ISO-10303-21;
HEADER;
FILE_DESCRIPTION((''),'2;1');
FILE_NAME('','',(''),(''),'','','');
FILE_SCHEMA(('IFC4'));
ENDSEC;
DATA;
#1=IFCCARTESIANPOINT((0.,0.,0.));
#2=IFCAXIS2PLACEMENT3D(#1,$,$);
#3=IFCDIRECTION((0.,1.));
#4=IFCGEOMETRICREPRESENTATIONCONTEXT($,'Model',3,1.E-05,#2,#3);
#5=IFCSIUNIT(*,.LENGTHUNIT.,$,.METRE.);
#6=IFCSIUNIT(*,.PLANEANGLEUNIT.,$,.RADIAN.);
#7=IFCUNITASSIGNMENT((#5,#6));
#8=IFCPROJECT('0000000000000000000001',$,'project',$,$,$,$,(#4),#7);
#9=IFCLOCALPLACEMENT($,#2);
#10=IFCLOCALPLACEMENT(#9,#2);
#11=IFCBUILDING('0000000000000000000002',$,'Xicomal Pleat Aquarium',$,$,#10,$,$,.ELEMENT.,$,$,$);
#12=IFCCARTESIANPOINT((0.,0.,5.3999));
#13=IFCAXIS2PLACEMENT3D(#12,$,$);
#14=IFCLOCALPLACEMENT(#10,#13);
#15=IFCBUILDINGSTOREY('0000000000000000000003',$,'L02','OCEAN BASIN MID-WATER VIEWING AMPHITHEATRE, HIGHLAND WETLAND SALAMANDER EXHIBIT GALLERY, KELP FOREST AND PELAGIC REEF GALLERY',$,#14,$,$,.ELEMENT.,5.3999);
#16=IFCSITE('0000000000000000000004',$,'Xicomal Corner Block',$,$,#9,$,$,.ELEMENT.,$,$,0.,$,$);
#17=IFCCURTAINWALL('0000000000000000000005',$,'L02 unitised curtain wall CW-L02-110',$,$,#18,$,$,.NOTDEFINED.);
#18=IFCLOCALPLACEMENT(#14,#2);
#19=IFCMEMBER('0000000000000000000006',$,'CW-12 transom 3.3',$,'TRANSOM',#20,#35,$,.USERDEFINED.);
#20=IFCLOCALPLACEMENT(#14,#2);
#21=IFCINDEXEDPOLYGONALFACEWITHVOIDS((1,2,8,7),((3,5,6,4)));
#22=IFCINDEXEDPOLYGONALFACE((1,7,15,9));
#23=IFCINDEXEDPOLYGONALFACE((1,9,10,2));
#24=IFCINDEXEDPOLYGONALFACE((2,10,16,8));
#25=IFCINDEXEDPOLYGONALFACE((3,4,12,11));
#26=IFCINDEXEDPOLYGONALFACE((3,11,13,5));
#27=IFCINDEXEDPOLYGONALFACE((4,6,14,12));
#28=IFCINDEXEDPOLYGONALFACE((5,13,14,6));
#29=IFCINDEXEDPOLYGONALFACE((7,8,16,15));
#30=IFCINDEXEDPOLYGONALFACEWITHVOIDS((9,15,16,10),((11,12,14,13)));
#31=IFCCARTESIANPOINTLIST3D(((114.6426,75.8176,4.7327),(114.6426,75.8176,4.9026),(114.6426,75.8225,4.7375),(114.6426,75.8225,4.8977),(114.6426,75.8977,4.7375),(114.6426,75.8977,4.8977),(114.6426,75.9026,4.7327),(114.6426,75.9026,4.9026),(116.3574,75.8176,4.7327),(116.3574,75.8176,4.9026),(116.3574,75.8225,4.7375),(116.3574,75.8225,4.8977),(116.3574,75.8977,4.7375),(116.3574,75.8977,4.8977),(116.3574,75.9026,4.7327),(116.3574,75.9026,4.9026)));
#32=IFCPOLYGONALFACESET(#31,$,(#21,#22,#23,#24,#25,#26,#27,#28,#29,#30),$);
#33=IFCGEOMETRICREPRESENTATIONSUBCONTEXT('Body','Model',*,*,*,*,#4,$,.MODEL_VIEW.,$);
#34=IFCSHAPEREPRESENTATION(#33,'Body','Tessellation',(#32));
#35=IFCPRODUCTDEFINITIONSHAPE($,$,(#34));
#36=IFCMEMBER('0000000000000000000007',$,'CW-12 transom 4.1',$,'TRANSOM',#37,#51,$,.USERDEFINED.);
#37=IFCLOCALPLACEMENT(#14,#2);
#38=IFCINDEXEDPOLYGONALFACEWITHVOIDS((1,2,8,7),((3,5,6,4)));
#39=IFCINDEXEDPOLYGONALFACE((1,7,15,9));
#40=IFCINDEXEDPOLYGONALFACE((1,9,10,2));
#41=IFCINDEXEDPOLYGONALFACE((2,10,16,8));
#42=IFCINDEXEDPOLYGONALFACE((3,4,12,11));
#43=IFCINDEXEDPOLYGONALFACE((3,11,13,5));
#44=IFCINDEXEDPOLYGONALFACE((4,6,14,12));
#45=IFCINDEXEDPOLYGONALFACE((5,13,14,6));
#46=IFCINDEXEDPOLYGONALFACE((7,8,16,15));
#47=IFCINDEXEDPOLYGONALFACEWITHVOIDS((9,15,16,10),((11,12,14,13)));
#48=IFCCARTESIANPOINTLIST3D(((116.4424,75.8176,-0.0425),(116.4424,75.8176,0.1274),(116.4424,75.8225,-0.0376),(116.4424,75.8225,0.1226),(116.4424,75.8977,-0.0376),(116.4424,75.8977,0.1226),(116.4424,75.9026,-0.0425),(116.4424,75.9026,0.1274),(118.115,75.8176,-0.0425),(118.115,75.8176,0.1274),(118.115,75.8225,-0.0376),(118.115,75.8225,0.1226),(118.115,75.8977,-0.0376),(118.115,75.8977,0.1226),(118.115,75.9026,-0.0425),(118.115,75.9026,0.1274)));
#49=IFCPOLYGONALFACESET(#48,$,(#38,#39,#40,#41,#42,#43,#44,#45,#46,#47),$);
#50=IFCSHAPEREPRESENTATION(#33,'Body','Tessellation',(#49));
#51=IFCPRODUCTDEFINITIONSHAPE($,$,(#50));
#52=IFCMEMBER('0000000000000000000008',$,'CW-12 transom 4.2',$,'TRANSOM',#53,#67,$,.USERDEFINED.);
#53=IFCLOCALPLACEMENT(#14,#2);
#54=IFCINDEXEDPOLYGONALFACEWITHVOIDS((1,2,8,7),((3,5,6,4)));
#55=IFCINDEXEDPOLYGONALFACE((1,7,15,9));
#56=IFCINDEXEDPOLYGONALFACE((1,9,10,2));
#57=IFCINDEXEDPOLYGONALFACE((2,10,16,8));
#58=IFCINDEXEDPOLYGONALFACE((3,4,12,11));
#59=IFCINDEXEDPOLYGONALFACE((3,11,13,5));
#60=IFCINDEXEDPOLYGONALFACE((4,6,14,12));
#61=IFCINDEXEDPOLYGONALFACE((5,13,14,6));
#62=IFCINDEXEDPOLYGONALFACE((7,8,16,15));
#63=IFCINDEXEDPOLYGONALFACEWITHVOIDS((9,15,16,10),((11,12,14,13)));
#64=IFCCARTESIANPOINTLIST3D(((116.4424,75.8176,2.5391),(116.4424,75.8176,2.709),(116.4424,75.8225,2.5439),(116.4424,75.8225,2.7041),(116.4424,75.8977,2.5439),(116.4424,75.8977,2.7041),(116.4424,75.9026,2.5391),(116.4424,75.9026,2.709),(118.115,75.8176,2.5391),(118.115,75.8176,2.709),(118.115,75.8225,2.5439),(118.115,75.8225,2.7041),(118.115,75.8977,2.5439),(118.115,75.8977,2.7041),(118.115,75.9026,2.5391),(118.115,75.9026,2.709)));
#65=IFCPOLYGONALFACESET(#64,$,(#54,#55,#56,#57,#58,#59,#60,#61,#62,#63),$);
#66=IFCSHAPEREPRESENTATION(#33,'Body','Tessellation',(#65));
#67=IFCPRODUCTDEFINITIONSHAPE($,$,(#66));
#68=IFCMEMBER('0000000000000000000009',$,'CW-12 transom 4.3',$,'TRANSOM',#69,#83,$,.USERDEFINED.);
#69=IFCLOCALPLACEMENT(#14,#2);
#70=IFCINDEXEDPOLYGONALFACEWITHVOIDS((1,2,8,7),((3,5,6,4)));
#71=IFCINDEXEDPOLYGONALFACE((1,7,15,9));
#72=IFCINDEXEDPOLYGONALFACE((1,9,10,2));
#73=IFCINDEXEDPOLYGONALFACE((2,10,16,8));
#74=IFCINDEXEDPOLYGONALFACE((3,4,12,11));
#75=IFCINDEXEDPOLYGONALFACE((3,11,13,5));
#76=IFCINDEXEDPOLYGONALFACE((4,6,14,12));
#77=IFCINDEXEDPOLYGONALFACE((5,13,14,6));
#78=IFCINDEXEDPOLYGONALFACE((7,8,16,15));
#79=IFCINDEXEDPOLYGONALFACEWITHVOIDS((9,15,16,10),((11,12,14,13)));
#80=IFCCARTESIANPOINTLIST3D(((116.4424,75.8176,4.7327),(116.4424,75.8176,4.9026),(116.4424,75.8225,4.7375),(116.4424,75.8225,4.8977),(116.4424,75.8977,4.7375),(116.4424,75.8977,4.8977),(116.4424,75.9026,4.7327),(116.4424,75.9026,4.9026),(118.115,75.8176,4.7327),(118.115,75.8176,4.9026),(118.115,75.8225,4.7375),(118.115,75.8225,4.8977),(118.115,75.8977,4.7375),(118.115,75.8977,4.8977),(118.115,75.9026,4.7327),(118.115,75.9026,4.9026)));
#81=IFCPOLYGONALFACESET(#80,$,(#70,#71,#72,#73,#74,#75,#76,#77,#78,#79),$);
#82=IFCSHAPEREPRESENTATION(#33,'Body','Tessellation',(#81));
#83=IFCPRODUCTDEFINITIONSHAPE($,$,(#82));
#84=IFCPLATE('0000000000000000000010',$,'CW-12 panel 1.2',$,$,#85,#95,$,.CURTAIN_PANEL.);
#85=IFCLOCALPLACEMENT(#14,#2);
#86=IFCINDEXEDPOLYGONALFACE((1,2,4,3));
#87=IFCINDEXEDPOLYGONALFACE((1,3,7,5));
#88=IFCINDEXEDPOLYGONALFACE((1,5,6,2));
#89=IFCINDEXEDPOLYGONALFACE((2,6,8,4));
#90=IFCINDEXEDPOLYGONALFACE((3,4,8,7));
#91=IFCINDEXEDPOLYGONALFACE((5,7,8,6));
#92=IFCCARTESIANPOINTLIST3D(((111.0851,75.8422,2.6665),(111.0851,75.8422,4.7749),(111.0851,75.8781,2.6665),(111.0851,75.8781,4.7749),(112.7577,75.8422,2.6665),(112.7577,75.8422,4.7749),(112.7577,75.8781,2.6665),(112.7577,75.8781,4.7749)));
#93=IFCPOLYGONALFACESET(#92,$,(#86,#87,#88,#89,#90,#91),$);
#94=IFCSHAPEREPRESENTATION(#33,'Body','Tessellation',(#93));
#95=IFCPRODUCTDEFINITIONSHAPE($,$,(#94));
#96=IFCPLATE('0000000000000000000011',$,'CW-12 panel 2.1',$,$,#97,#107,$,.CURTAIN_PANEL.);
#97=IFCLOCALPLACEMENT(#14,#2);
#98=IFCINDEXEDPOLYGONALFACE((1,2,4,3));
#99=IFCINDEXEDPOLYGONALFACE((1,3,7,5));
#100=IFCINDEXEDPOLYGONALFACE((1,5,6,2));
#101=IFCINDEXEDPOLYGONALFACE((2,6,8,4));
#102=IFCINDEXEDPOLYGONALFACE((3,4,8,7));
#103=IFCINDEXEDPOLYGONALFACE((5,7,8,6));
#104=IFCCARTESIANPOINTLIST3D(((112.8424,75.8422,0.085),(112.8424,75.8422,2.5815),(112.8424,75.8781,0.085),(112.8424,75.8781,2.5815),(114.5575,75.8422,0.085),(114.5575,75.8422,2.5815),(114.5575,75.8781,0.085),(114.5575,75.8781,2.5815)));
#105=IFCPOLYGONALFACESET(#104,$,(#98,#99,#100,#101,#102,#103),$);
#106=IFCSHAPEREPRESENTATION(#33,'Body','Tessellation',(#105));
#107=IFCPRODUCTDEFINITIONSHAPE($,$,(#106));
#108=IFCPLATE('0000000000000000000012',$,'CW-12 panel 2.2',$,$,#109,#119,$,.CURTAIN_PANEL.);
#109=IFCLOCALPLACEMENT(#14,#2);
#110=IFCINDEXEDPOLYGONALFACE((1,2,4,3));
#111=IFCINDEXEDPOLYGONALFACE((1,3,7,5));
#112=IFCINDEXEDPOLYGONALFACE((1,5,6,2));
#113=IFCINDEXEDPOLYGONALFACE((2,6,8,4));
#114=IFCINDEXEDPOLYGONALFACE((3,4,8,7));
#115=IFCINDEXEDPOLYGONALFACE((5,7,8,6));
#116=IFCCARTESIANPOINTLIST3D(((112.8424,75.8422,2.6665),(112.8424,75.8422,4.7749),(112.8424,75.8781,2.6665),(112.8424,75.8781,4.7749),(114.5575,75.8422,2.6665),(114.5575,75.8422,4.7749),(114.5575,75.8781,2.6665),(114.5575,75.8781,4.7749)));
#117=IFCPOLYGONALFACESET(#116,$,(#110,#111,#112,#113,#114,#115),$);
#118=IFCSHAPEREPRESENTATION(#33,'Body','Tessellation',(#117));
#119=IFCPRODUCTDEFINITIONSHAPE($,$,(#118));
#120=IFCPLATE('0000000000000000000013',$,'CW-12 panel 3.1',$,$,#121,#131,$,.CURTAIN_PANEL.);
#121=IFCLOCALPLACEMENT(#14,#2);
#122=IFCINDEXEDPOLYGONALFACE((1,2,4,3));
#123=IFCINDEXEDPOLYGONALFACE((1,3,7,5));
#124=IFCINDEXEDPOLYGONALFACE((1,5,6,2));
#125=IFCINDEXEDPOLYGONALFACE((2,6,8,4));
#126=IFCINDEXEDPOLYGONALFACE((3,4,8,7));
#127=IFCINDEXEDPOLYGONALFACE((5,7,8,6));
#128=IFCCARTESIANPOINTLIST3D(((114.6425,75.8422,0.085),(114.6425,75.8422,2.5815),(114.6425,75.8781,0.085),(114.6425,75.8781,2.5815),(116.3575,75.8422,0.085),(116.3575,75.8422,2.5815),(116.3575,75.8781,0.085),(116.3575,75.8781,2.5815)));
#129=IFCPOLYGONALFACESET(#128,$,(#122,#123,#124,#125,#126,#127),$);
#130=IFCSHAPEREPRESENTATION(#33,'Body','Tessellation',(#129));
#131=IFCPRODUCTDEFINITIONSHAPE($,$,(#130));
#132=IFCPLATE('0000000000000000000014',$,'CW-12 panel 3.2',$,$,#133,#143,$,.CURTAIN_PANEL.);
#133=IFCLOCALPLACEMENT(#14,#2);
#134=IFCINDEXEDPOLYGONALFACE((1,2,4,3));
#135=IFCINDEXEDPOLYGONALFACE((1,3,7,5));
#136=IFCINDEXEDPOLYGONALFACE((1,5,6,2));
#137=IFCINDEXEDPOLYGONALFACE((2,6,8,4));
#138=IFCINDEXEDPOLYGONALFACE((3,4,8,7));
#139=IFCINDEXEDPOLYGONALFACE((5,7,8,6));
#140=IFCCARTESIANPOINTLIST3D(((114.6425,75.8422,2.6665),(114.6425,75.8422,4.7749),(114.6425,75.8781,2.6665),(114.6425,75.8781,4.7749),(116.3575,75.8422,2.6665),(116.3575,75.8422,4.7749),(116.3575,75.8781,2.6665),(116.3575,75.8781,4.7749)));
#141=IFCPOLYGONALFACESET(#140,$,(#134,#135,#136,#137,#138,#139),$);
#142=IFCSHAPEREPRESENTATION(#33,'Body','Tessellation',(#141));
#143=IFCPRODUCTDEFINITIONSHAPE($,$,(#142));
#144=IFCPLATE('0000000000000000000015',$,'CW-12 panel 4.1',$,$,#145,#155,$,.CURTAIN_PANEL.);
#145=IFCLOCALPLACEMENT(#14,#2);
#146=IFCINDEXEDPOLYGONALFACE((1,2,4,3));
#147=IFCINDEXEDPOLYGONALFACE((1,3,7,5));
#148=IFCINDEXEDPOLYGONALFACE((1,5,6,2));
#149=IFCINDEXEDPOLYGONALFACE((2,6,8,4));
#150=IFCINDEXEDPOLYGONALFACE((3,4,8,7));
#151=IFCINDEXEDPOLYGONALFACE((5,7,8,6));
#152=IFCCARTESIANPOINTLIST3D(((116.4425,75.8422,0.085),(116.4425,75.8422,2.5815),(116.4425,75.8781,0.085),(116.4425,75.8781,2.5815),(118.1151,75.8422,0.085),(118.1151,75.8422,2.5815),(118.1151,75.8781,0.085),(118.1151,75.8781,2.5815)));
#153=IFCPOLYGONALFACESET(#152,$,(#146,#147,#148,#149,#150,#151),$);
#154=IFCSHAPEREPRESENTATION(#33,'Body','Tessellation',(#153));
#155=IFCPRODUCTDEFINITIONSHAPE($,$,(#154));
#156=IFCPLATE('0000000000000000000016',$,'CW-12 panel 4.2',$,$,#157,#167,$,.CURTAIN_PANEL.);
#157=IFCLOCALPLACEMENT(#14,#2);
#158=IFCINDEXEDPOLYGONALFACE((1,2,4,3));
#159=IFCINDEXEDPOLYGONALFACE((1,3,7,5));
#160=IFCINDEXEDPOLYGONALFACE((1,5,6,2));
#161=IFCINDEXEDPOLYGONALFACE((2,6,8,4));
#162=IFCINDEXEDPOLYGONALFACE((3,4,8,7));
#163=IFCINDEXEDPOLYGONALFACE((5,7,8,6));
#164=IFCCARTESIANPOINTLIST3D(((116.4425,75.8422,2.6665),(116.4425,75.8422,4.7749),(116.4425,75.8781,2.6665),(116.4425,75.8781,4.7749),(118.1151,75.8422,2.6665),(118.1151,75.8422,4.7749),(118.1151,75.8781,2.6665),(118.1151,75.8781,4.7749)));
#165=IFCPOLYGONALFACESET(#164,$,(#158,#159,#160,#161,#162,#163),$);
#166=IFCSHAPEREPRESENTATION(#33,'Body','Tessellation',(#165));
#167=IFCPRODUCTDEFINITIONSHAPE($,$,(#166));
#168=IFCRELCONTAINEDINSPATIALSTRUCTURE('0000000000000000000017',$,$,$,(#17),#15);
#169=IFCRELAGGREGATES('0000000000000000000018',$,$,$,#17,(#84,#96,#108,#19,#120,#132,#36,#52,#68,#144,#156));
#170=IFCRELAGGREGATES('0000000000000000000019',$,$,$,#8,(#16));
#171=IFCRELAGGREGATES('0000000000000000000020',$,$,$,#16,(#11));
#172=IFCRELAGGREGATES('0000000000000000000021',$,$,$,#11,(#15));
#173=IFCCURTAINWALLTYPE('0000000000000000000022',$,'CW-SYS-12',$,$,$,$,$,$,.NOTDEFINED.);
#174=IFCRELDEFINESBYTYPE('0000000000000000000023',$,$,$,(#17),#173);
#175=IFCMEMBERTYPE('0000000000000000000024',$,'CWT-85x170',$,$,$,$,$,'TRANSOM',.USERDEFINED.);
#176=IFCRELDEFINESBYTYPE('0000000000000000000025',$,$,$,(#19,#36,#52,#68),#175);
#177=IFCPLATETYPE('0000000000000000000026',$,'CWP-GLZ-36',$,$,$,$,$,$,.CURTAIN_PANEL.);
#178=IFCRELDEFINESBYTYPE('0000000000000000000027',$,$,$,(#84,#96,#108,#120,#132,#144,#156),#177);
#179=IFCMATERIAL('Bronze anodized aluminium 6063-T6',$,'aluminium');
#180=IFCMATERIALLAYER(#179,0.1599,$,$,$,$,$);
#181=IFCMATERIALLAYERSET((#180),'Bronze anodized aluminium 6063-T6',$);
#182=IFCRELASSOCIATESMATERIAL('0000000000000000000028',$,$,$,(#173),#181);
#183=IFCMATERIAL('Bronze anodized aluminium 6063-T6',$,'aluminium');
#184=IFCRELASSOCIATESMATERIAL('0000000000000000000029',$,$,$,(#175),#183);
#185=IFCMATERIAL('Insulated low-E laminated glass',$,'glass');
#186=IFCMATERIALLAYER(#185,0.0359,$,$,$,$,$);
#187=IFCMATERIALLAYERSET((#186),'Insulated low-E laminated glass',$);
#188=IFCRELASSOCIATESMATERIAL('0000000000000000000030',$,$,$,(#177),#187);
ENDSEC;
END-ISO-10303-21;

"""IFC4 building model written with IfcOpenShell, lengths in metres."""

from ifc_helpers import new_model, si_unit, direction, frame, origin, origin_2d, place, context, subcontext, project, spatial, rectangle, hollow_rectangle, extrude, material, layer, layer_set, material_profile, profile_set, type_object, element, aggregate, save


model = new_model("IFC4")

# Units and contexts
model_context = context("Model", 3, precision=1e-05, world=origin(), true_north=direction((0.0, 1.0)))
body_context = subcontext(model_context, "Body", "Model", "MODEL_VIEW")
ifc_project = project(units=[si_unit("LENGTHUNIT", "METRE"), si_unit("PLANEANGLEUNIT", "RADIAN")], contexts=[model_context])

# Site, building, storey
site_placement = place(None, origin())
site = spatial("IfcSite", under=ifc_project, at=site_placement, Name="Xicomal Corner Block", CompositionType="ELEMENT", RefElevation=0.0)
building_placement = place(site_placement, origin())
building = spatial("IfcBuilding", under=site, at=building_placement, Name="Xicomal Pleat Aquarium", CompositionType="ELEMENT")
storey_placement = place(building_placement, frame((0.0, 0.0, 5.3999)))
storey = spatial("IfcBuildingStorey", under=building, at=storey_placement, Name="L02", Description="OCEAN BASIN MID-WATER VIEWING AMPHITHEATRE, HIGHLAND WETLAND SALAMANDER EXHIBIT GALLERY, KELP FOREST AND PELAGIC REEF GALLERY", CompositionType="ELEMENT", Elevation=5.3999)

# Curtain wall
ifc_material_1 = material(Name="Bronze anodized aluminium 6063-T6", Category="aluminium")
ifc_layer_1 = layer(ifc_material_1, 0.1599)
ifc_layer_set_1 = layer_set([ifc_layer_1], Name="Bronze anodized aluminium 6063-T6")
curtain_wall_type_1 = type_object("IfcCurtainWallType", Name="CW-SYS-12", PredefinedType="NOTDEFINED", material=ifc_layer_set_1)
curtain_wall_1_placement = place(storey_placement, origin())
curtain_wall_1 = element("IfcCurtainWall", 1, at=curtain_wall_1_placement, inside=storey, type_object=curtain_wall_type_1, Name="L02 unitised curtain wall CW-L02-110", PredefinedType="NOTDEFINED")

# Members
ifc_material_2 = material(Name="Bronze anodized aluminium 6063-T6", Category="aluminium")
ifc_material_profile_1 = material_profile(ifc_material_2, hollow_rectangle(XDim=0.085, YDim=0.1699, WallThickness=0.0049, at=origin_2d()), Name="ALU TRAN 85x170")
ifc_profile_set_1 = profile_set([ifc_material_profile_1], Name="Bronze anodized aluminium 6063-T6")
member_type_1 = type_object("IfcMemberType", Name="CWT-85x170", ElementType="TRANSOM", PredefinedType="USERDEFINED", material=ifc_profile_set_1)
member_1_placement = place(storey_placement, frame((114.6426, 75.8601, 4.8176), z_axis=(1.0, 0.0, 0.0), x_axis=(0.0, 1.0, 0.0)))
member_1 = element("IfcMember", 2, at=member_1_placement, type_object=member_type_1, Name="CW-12 transom 3.3", ObjectType="TRANSOM", PredefinedType="USERDEFINED", context=body_context, shape_type="SweptSolid", body=[
    extrude(hollow_rectangle(XDim=0.085, YDim=0.1699, WallThickness=0.0049, at=origin_2d()), origin(), (0.0, 0.0, 1.0), 1.7148),
])
member_2_placement = place(storey_placement, frame((116.4424, 75.8601, 0.0425), z_axis=(1.0, 0.0, 0.0), x_axis=(0.0, 1.0, 0.0)))
member_2 = element("IfcMember", 3, at=member_2_placement, type_object=member_type_1, Name="CW-12 transom 4.1", ObjectType="TRANSOM", PredefinedType="USERDEFINED", context=body_context, shape_type="SweptSolid", body=[
    extrude(hollow_rectangle(XDim=0.085, YDim=0.1699, WallThickness=0.0049, at=origin_2d()), origin(), (0.0, 0.0, 1.0), 1.6726),
])
member_3_placement = place(storey_placement, frame((116.4424, 75.8601, 2.624), z_axis=(1.0, 0.0, 0.0), x_axis=(0.0, 1.0, 0.0)))
member_3 = element("IfcMember", 4, at=member_3_placement, type_object=member_type_1, Name="CW-12 transom 4.2", ObjectType="TRANSOM", PredefinedType="USERDEFINED", context=body_context, shape_type="SweptSolid", body=[
    extrude(hollow_rectangle(XDim=0.085, YDim=0.1699, WallThickness=0.0049, at=origin_2d()), origin(), (0.0, 0.0, 1.0), 1.6726),
])
member_4_placement = place(storey_placement, frame((116.4424, 75.8601, 4.8176), z_axis=(1.0, 0.0, 0.0), x_axis=(0.0, 1.0, 0.0)))
member_4 = element("IfcMember", 5, at=member_4_placement, type_object=member_type_1, Name="CW-12 transom 4.3", ObjectType="TRANSOM", PredefinedType="USERDEFINED", context=body_context, shape_type="SweptSolid", body=[
    extrude(hollow_rectangle(XDim=0.085, YDim=0.1699, WallThickness=0.0049, at=origin_2d()), origin(), (0.0, 0.0, 1.0), 1.6726),
])

# Plates
ifc_material_3 = material(Name="Insulated low-E laminated glass", Category="glass")
ifc_layer_2 = layer(ifc_material_3, 0.0359)
ifc_layer_set_2 = layer_set([ifc_layer_2], Name="Insulated low-E laminated glass")
plate_type = type_object("IfcPlateType", Name="CWP-GLZ-36", PredefinedType="CURTAIN_PANEL", material=ifc_layer_set_2)
plate_1_placement = place(storey_placement, frame((111.9214, 75.8601, 2.6665), z_axis=(0.0, 0.0, 1.0), x_axis=(1.0, 0.0, 0.0)))
plate_1 = element("IfcPlate", 6, at=plate_1_placement, type_object=plate_type, Name="CW-12 panel 1.2", PredefinedType="CURTAIN_PANEL", context=body_context, shape_type="SweptSolid", body=[
    extrude(rectangle(XDim=1.6726, YDim=0.0359, at=origin_2d()), origin(), (0.0, 0.0, 1.0), 2.1084),
])
plate_2_placement = place(storey_placement, frame((113.7, 75.8601, 0.085), z_axis=(0.0, 0.0, 1.0), x_axis=(1.0, 0.0, 0.0)))
plate_2 = element("IfcPlate", 7, at=plate_2_placement, type_object=plate_type, Name="CW-12 panel 2.1", PredefinedType="CURTAIN_PANEL", context=body_context, shape_type="SweptSolid", body=[
    extrude(rectangle(XDim=1.7151, YDim=0.0359, at=origin_2d()), origin(), (0.0, 0.0, 1.0), 2.4966),
])
plate_3_placement = place(storey_placement, frame((113.7, 75.8601, 2.6665), z_axis=(0.0, 0.0, 1.0), x_axis=(1.0, 0.0, 0.0)))
plate_3 = element("IfcPlate", 8, at=plate_3_placement, type_object=plate_type, Name="CW-12 panel 2.2", PredefinedType="CURTAIN_PANEL", context=body_context, shape_type="SweptSolid", body=[
    extrude(rectangle(XDim=1.7151, YDim=0.0359, at=origin_2d()), origin(), (0.0, 0.0, 1.0), 2.1084),
])
plate_4_placement = place(storey_placement, frame((115.5, 75.8601, 0.085), z_axis=(0.0, 0.0, 1.0), x_axis=(1.0, 0.0, 0.0)))
plate_4 = element("IfcPlate", 9, at=plate_4_placement, type_object=plate_type, Name="CW-12 panel 3.1", PredefinedType="CURTAIN_PANEL", context=body_context, shape_type="SweptSolid", body=[
    extrude(rectangle(XDim=1.7151, YDim=0.0359, at=origin_2d()), origin(), (0.0, 0.0, 1.0), 2.4966),
])
plate_5_placement = place(storey_placement, frame((115.5, 75.8601, 2.6665), z_axis=(0.0, 0.0, 1.0), x_axis=(1.0, 0.0, 0.0)))
plate_5 = element("IfcPlate", 10, at=plate_5_placement, type_object=plate_type, Name="CW-12 panel 3.2", PredefinedType="CURTAIN_PANEL", context=body_context, shape_type="SweptSolid", body=[
    extrude(rectangle(XDim=1.7151, YDim=0.0359, at=origin_2d()), origin(), (0.0, 0.0, 1.0), 2.1084),
])
plate_6_placement = place(storey_placement, frame((117.2788, 75.8601, 0.085), z_axis=(0.0, 0.0, 1.0), x_axis=(1.0, 0.0, 0.0)))
plate_6 = element("IfcPlate", 11, at=plate_6_placement, type_object=plate_type, Name="CW-12 panel 4.1", PredefinedType="CURTAIN_PANEL", context=body_context, shape_type="SweptSolid", body=[
    extrude(rectangle(XDim=1.6726, YDim=0.0359, at=origin_2d()), origin(), (0.0, 0.0, 1.0), 2.4966),
])
plate_7_placement = place(storey_placement, frame((117.2788, 75.8601, 2.6665), z_axis=(0.0, 0.0, 1.0), x_axis=(1.0, 0.0, 0.0)))
plate_7 = element("IfcPlate", 12, at=plate_7_placement, type_object=plate_type, Name="CW-12 panel 4.2", PredefinedType="CURTAIN_PANEL", context=body_context, shape_type="SweptSolid", body=[
    extrude(rectangle(XDim=1.6726, YDim=0.0359, at=origin_2d()), origin(), (0.0, 0.0, 1.0), 2.1084),
])
aggregate(curtain_wall_1, [plate_1, plate_2, plate_3, member_1, plate_4, plate_5, member_2, member_3, member_4, plate_6, plate_7])

save(model, "model.ifc")
